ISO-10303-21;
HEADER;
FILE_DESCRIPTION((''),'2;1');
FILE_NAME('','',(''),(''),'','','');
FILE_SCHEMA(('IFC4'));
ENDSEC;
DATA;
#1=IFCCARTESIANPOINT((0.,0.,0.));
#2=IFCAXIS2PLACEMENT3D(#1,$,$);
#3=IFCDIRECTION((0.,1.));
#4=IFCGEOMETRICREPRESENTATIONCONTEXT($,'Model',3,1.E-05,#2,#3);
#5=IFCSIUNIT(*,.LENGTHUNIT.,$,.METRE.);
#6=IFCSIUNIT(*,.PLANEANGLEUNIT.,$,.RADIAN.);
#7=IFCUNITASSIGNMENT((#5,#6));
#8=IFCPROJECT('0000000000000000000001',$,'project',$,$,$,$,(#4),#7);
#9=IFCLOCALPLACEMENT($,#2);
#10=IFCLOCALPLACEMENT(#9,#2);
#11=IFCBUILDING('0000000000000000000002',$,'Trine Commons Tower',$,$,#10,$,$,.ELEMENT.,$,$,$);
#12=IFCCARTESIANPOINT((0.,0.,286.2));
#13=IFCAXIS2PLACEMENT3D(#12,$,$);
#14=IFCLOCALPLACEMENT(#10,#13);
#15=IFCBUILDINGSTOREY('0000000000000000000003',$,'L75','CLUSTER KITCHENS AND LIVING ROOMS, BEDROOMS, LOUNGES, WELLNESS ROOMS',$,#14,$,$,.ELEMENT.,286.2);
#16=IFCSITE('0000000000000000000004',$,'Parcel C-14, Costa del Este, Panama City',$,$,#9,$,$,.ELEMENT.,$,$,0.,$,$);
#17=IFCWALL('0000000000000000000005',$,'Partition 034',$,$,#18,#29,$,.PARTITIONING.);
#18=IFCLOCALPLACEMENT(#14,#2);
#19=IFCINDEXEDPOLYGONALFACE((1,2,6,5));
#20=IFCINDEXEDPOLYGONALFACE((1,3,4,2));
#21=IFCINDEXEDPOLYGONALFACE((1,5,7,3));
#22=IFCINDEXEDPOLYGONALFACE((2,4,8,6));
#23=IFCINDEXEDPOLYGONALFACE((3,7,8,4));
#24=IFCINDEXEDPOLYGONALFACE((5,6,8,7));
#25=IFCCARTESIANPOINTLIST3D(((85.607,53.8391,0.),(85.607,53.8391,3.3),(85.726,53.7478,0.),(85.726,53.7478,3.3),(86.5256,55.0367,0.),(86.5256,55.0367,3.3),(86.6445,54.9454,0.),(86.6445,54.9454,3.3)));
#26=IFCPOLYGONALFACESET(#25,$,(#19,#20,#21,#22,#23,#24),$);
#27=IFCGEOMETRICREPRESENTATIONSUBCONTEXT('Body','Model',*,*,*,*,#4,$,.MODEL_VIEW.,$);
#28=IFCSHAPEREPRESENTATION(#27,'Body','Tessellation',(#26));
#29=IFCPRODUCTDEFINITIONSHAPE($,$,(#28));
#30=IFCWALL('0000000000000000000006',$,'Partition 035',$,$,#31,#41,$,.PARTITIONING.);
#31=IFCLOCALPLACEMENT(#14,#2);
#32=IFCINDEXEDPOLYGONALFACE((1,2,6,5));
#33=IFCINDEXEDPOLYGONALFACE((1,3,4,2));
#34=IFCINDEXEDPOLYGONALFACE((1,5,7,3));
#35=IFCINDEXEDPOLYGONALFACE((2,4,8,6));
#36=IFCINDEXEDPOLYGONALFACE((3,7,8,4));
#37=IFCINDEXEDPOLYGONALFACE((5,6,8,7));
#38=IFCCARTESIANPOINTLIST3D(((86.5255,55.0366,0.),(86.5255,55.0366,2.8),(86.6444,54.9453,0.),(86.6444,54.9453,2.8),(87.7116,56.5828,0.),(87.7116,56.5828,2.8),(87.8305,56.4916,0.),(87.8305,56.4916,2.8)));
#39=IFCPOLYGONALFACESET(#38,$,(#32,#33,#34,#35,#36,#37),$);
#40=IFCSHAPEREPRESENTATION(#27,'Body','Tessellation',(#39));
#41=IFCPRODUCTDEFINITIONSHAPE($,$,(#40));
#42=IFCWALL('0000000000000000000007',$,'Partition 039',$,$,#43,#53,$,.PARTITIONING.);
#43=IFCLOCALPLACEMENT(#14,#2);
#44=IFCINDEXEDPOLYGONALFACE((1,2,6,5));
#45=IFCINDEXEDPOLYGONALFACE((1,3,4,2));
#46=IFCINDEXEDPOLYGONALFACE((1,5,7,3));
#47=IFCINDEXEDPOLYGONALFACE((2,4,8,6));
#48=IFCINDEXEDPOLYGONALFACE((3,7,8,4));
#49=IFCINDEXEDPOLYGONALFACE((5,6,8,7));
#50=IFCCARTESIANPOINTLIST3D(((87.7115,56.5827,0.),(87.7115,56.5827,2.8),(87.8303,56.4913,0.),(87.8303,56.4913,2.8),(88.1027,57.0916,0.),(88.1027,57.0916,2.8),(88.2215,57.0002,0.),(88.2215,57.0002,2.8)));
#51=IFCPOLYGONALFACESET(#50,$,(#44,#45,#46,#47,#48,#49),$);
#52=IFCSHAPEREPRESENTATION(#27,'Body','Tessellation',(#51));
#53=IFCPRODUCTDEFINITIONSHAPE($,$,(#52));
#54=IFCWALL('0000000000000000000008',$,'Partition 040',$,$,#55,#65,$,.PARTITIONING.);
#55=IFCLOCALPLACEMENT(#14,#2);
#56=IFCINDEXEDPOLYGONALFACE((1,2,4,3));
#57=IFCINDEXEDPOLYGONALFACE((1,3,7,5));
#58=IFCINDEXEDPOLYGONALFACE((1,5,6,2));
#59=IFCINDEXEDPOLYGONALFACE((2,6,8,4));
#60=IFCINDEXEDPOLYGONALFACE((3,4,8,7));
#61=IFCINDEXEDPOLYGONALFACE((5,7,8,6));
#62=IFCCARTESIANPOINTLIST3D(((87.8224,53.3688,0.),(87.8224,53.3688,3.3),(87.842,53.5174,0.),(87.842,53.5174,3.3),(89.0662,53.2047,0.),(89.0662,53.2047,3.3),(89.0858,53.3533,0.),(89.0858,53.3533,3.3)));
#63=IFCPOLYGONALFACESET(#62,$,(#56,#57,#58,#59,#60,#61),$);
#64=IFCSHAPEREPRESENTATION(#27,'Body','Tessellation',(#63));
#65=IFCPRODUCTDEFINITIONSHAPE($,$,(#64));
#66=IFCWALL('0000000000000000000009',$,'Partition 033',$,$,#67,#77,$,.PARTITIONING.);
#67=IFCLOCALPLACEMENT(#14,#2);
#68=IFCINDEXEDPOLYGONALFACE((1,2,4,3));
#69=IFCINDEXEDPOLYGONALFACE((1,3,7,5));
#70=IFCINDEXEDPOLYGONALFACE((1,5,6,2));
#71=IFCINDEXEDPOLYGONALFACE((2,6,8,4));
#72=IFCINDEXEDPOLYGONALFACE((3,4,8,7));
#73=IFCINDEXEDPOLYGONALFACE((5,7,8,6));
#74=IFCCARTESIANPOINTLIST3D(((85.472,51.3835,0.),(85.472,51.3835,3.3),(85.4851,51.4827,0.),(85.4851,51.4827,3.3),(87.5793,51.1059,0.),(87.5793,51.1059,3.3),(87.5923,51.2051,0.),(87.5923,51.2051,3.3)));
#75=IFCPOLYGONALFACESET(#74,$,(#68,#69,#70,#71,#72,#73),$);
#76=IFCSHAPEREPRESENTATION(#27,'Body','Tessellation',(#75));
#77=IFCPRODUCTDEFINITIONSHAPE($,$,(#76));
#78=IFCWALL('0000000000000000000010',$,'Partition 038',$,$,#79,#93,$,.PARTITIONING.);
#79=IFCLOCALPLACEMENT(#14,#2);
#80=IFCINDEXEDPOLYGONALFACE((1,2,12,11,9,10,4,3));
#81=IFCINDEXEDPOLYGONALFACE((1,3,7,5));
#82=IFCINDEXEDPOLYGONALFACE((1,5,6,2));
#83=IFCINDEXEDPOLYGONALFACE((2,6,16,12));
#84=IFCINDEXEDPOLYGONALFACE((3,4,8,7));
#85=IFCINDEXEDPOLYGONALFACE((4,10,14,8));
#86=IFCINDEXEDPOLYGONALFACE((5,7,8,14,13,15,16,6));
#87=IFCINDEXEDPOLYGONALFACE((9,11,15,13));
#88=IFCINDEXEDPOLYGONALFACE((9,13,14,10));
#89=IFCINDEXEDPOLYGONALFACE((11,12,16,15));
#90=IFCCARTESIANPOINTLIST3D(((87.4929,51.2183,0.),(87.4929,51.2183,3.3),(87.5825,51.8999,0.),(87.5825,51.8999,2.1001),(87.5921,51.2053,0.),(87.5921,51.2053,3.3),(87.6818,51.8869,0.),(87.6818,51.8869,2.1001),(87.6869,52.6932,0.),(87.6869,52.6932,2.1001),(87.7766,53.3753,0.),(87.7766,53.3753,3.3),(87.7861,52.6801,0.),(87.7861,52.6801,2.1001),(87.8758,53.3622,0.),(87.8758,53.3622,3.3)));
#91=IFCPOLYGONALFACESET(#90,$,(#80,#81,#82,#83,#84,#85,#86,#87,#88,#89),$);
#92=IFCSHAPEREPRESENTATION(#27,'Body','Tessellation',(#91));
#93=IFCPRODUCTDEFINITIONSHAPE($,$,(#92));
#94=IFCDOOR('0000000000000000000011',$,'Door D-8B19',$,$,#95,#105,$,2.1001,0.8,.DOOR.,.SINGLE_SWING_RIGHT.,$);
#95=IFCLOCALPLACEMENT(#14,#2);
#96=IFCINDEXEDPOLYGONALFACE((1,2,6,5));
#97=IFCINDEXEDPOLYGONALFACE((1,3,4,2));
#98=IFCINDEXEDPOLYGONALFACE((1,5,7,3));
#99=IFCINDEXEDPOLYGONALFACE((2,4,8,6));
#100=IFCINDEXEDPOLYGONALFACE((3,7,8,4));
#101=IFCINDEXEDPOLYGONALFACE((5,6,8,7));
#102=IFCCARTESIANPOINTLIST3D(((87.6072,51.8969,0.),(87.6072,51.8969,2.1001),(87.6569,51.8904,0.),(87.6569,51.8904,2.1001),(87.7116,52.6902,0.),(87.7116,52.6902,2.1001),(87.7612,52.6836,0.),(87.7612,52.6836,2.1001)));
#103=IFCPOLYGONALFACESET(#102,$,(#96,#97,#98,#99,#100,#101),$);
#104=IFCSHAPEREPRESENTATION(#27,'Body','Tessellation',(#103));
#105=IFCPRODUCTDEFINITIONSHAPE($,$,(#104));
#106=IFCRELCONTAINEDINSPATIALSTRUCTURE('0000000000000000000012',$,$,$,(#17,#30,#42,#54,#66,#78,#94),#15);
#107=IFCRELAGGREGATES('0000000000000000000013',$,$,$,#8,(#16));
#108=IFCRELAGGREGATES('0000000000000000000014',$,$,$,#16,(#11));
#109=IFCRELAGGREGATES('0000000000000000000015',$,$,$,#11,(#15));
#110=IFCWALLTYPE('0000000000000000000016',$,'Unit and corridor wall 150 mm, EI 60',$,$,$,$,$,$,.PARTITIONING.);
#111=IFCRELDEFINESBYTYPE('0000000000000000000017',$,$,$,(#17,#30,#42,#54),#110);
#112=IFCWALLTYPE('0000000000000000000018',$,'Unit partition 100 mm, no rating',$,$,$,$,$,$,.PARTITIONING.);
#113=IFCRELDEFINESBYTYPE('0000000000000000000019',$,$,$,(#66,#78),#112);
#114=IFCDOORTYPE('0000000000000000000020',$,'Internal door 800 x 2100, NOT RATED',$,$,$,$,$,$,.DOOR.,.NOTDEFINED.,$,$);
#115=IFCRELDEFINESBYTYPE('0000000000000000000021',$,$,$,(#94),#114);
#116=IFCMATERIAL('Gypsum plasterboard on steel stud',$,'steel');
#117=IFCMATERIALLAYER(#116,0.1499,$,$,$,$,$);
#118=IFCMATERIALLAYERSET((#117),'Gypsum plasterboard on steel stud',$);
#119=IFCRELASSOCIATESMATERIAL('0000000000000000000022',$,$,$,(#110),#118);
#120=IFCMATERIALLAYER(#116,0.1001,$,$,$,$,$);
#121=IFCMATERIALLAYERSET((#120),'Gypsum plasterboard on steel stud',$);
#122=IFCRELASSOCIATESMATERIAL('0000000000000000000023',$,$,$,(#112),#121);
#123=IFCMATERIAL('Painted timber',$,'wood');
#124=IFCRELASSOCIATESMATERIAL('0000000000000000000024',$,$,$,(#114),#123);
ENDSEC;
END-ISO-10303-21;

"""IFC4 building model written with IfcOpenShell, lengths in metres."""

from ifc_helpers import new_model, si_unit, direction, frame, frame_2d, origin, place, context, subcontext, project, spatial, rectangle, extrude, material, layer, layer_set, type_object, element, fill, save


model = new_model("IFC4")

# Units and contexts
model_context = context("Model", 3, precision=1e-05, world=origin(), true_north=direction((0.0, 1.0)))
body_context = subcontext(model_context, "Body", "Model", "MODEL_VIEW")
ifc_project = project(units=[si_unit("LENGTHUNIT", "METRE"), si_unit("PLANEANGLEUNIT", "RADIAN")], contexts=[model_context])

# Site, building, storey
site_placement = place(None, origin())
site = spatial("IfcSite", under=ifc_project, at=site_placement, Name="Parcel C-14, Costa del Este, Panama City", CompositionType="ELEMENT", RefElevation=0.0)
building_placement = place(site_placement, origin())
building = spatial("IfcBuilding", under=site, at=building_placement, Name="Trine Commons Tower", CompositionType="ELEMENT")
storey_placement = place(building_placement, frame((0.0, 0.0, 286.2)))
storey = spatial("IfcBuildingStorey", under=building, at=storey_placement, Name="L75", Description="CLUSTER KITCHENS AND LIVING ROOMS, BEDROOMS, LOUNGES, WELLNESS ROOMS", CompositionType="ELEMENT", Elevation=286.2)

# Shared definitions
ifc_material_1 = material(Name="Gypsum plasterboard on steel stud", Category="steel")
ifc_layer_1 = layer(ifc_material_1, 0.1499)
ifc_layer_set_1 = layer_set([ifc_layer_1], Name="Gypsum plasterboard on steel stud")
wall_type_1 = type_object("IfcWallType", Name="Unit and corridor wall 150 mm, EI 60", PredefinedType="PARTITIONING", material=ifc_layer_set_1)

# Walls
wall_1_placement = place(storey_placement, frame((85.6665, 53.7935, 0.0), z_axis=(0.0, 0.0, 1.0), x_axis=(0.608584, 0.793489, 0.0)))
element("IfcWall", 1, at=wall_1_placement, inside=storey, type_object=wall_type_1, Name="Partition 034", PredefinedType="PARTITIONING", context=body_context, shape_type="SweptSolid", body=[
    extrude(rectangle(XDim=1.5093, YDim=0.1499, at=frame_2d((0.7546, 0.0))), origin(), (0.0, 0.0, 1.0), 3.3),
])
wall_2_placement = place(storey_placement, frame((86.585, 54.991, 0.0), z_axis=(0.0, 0.0, 1.0), x_axis=(0.608645, 0.793443, 0.0)))
element("IfcWall", 2, at=wall_2_placement, inside=storey, type_object=wall_type_1, Name="Partition 035", PredefinedType="PARTITIONING", context=body_context, shape_type="SweptSolid", body=[
    extrude(rectangle(XDim=1.9487, YDim=0.1499, at=frame_2d((0.9744, 0.0))), origin(), (0.0, 0.0, 1.0), 2.8),
])
wall_3_placement = place(storey_placement, frame((87.771, 56.5371, 0.0), z_axis=(0.0, 0.0, 1.0), x_axis=(0.609453, 0.792822, 0.0)))
element("IfcWall", 3, at=wall_3_placement, inside=storey, type_object=wall_type_1, Name="Partition 039", PredefinedType="PARTITIONING", context=body_context, shape_type="SweptSolid", body=[
    extrude(rectangle(XDim=0.6418, YDim=0.1499, at=frame_2d((0.3208, 0.0))), origin(), (0.0, 0.0, 1.0), 2.8),
])
wall_4_placement = place(storey_placement, frame((87.832, 53.4431, 0.0), z_axis=(0.0, 0.0, 1.0), x_axis=(0.991414, -0.130762, 0.0)))
element("IfcWall", 4, at=wall_4_placement, inside=storey, type_object=wall_type_1, Name="Partition 040", PredefinedType="PARTITIONING", context=body_context, shape_type="SweptSolid", body=[
    extrude(rectangle(XDim=1.2546, YDim=0.1499, at=frame_2d((0.6274, 0.0))), origin(), (0.0, 0.0, 1.0), 3.3),
])
ifc_layer_2 = layer(ifc_material_1, 0.1001)
ifc_layer_set_2 = layer_set([ifc_layer_2], Name="Gypsum plasterboard on steel stud")
wall_type_2 = type_object("IfcWallType", Name="Unit partition 100 mm, no rating", PredefinedType="PARTITIONING", material=ifc_layer_set_2)
wall_5_placement = place(storey_placement, frame((85.4785, 51.4331, 0.0), z_axis=(0.0, 0.0, 1.0), x_axis=(0.991434, -0.130606, 0.0)))
element("IfcWall", 5, at=wall_5_placement, inside=storey, type_object=wall_type_2, Name="Partition 033", PredefinedType="PARTITIONING", context=body_context, shape_type="SweptSolid", body=[
    extrude(rectangle(XDim=2.1255, YDim=0.1001, at=frame_2d((1.0627, 0.0))), origin(), (0.0, 0.0, 1.0), 3.3),
])

# Wall, opening, door
wall_6_placement = place(storey_placement, frame((87.5425, 51.2117, 0.0), z_axis=(0.0, 0.0, 1.0), x_axis=(0.130399, 0.991462, 0.0)))
wall_6 = element("IfcWall", 6, at=wall_6_placement, inside=storey, type_object=wall_type_2, Name="Partition 038", PredefinedType="PARTITIONING", context=body_context, shape_type="SweptSolid", body=[
    extrude(rectangle(XDim=2.1755, YDim=0.1001, at=frame_2d((1.0879, 0.0))), origin(), (0.0, 0.0, 1.0), 3.3),
])
opening_1_placement = place(wall_6_placement, frame((0.6877, 0.0, 0.0)))
opening_1 = element("IfcOpeningElement", 7, at=opening_1_placement, cuts=wall_6, PredefinedType="OPENING", context=body_context, shape_type="SweptSolid", body=[
    extrude(rectangle(XDim=0.8, YDim=2.1001, at=frame_2d((0.3999, 1.05))), frame((0.0, 0.0601, 0.0), z_axis=(0.0, -1.0, 0.0), x_axis=(1.0, 0.0, 0.0)), (0.0, 0.0, 1.0), 0.1201),
])
ifc_material_2 = material(Name="Painted timber", Category="wood")
door_type_1 = type_object("IfcDoorType", Name="Internal door 800 x 2100, NOT RATED", OperationType="NOTDEFINED", PredefinedType="DOOR", material=ifc_material_2)
door_1_placement = place(opening_1_placement, frame((0.8, 0.0, 0.0), z_axis=(0.0, 0.0, 1.0), x_axis=(-1.0, 0.0, 0.0)))
door_1 = element("IfcDoor", 8, at=door_1_placement, inside=storey, type_object=door_type_1, Name="Door D-8B19", OperationType="SINGLE_SWING_RIGHT", OverallHeight=2.1001, OverallWidth=0.8, PredefinedType="DOOR", context=body_context, shape_type="SweptSolid", body=[
    extrude(rectangle(XDim=0.8, YDim=2.1001, at=frame_2d((0.3999, 1.05))), frame((0.0, 0.0249, 0.0), z_axis=(0.0, -1.0, 0.0), x_axis=(1.0, 0.0, 0.0)), (0.0, 0.0, 1.0), 0.05),
])
fill(opening_1, door_1)

save(model, "model.ifc")
